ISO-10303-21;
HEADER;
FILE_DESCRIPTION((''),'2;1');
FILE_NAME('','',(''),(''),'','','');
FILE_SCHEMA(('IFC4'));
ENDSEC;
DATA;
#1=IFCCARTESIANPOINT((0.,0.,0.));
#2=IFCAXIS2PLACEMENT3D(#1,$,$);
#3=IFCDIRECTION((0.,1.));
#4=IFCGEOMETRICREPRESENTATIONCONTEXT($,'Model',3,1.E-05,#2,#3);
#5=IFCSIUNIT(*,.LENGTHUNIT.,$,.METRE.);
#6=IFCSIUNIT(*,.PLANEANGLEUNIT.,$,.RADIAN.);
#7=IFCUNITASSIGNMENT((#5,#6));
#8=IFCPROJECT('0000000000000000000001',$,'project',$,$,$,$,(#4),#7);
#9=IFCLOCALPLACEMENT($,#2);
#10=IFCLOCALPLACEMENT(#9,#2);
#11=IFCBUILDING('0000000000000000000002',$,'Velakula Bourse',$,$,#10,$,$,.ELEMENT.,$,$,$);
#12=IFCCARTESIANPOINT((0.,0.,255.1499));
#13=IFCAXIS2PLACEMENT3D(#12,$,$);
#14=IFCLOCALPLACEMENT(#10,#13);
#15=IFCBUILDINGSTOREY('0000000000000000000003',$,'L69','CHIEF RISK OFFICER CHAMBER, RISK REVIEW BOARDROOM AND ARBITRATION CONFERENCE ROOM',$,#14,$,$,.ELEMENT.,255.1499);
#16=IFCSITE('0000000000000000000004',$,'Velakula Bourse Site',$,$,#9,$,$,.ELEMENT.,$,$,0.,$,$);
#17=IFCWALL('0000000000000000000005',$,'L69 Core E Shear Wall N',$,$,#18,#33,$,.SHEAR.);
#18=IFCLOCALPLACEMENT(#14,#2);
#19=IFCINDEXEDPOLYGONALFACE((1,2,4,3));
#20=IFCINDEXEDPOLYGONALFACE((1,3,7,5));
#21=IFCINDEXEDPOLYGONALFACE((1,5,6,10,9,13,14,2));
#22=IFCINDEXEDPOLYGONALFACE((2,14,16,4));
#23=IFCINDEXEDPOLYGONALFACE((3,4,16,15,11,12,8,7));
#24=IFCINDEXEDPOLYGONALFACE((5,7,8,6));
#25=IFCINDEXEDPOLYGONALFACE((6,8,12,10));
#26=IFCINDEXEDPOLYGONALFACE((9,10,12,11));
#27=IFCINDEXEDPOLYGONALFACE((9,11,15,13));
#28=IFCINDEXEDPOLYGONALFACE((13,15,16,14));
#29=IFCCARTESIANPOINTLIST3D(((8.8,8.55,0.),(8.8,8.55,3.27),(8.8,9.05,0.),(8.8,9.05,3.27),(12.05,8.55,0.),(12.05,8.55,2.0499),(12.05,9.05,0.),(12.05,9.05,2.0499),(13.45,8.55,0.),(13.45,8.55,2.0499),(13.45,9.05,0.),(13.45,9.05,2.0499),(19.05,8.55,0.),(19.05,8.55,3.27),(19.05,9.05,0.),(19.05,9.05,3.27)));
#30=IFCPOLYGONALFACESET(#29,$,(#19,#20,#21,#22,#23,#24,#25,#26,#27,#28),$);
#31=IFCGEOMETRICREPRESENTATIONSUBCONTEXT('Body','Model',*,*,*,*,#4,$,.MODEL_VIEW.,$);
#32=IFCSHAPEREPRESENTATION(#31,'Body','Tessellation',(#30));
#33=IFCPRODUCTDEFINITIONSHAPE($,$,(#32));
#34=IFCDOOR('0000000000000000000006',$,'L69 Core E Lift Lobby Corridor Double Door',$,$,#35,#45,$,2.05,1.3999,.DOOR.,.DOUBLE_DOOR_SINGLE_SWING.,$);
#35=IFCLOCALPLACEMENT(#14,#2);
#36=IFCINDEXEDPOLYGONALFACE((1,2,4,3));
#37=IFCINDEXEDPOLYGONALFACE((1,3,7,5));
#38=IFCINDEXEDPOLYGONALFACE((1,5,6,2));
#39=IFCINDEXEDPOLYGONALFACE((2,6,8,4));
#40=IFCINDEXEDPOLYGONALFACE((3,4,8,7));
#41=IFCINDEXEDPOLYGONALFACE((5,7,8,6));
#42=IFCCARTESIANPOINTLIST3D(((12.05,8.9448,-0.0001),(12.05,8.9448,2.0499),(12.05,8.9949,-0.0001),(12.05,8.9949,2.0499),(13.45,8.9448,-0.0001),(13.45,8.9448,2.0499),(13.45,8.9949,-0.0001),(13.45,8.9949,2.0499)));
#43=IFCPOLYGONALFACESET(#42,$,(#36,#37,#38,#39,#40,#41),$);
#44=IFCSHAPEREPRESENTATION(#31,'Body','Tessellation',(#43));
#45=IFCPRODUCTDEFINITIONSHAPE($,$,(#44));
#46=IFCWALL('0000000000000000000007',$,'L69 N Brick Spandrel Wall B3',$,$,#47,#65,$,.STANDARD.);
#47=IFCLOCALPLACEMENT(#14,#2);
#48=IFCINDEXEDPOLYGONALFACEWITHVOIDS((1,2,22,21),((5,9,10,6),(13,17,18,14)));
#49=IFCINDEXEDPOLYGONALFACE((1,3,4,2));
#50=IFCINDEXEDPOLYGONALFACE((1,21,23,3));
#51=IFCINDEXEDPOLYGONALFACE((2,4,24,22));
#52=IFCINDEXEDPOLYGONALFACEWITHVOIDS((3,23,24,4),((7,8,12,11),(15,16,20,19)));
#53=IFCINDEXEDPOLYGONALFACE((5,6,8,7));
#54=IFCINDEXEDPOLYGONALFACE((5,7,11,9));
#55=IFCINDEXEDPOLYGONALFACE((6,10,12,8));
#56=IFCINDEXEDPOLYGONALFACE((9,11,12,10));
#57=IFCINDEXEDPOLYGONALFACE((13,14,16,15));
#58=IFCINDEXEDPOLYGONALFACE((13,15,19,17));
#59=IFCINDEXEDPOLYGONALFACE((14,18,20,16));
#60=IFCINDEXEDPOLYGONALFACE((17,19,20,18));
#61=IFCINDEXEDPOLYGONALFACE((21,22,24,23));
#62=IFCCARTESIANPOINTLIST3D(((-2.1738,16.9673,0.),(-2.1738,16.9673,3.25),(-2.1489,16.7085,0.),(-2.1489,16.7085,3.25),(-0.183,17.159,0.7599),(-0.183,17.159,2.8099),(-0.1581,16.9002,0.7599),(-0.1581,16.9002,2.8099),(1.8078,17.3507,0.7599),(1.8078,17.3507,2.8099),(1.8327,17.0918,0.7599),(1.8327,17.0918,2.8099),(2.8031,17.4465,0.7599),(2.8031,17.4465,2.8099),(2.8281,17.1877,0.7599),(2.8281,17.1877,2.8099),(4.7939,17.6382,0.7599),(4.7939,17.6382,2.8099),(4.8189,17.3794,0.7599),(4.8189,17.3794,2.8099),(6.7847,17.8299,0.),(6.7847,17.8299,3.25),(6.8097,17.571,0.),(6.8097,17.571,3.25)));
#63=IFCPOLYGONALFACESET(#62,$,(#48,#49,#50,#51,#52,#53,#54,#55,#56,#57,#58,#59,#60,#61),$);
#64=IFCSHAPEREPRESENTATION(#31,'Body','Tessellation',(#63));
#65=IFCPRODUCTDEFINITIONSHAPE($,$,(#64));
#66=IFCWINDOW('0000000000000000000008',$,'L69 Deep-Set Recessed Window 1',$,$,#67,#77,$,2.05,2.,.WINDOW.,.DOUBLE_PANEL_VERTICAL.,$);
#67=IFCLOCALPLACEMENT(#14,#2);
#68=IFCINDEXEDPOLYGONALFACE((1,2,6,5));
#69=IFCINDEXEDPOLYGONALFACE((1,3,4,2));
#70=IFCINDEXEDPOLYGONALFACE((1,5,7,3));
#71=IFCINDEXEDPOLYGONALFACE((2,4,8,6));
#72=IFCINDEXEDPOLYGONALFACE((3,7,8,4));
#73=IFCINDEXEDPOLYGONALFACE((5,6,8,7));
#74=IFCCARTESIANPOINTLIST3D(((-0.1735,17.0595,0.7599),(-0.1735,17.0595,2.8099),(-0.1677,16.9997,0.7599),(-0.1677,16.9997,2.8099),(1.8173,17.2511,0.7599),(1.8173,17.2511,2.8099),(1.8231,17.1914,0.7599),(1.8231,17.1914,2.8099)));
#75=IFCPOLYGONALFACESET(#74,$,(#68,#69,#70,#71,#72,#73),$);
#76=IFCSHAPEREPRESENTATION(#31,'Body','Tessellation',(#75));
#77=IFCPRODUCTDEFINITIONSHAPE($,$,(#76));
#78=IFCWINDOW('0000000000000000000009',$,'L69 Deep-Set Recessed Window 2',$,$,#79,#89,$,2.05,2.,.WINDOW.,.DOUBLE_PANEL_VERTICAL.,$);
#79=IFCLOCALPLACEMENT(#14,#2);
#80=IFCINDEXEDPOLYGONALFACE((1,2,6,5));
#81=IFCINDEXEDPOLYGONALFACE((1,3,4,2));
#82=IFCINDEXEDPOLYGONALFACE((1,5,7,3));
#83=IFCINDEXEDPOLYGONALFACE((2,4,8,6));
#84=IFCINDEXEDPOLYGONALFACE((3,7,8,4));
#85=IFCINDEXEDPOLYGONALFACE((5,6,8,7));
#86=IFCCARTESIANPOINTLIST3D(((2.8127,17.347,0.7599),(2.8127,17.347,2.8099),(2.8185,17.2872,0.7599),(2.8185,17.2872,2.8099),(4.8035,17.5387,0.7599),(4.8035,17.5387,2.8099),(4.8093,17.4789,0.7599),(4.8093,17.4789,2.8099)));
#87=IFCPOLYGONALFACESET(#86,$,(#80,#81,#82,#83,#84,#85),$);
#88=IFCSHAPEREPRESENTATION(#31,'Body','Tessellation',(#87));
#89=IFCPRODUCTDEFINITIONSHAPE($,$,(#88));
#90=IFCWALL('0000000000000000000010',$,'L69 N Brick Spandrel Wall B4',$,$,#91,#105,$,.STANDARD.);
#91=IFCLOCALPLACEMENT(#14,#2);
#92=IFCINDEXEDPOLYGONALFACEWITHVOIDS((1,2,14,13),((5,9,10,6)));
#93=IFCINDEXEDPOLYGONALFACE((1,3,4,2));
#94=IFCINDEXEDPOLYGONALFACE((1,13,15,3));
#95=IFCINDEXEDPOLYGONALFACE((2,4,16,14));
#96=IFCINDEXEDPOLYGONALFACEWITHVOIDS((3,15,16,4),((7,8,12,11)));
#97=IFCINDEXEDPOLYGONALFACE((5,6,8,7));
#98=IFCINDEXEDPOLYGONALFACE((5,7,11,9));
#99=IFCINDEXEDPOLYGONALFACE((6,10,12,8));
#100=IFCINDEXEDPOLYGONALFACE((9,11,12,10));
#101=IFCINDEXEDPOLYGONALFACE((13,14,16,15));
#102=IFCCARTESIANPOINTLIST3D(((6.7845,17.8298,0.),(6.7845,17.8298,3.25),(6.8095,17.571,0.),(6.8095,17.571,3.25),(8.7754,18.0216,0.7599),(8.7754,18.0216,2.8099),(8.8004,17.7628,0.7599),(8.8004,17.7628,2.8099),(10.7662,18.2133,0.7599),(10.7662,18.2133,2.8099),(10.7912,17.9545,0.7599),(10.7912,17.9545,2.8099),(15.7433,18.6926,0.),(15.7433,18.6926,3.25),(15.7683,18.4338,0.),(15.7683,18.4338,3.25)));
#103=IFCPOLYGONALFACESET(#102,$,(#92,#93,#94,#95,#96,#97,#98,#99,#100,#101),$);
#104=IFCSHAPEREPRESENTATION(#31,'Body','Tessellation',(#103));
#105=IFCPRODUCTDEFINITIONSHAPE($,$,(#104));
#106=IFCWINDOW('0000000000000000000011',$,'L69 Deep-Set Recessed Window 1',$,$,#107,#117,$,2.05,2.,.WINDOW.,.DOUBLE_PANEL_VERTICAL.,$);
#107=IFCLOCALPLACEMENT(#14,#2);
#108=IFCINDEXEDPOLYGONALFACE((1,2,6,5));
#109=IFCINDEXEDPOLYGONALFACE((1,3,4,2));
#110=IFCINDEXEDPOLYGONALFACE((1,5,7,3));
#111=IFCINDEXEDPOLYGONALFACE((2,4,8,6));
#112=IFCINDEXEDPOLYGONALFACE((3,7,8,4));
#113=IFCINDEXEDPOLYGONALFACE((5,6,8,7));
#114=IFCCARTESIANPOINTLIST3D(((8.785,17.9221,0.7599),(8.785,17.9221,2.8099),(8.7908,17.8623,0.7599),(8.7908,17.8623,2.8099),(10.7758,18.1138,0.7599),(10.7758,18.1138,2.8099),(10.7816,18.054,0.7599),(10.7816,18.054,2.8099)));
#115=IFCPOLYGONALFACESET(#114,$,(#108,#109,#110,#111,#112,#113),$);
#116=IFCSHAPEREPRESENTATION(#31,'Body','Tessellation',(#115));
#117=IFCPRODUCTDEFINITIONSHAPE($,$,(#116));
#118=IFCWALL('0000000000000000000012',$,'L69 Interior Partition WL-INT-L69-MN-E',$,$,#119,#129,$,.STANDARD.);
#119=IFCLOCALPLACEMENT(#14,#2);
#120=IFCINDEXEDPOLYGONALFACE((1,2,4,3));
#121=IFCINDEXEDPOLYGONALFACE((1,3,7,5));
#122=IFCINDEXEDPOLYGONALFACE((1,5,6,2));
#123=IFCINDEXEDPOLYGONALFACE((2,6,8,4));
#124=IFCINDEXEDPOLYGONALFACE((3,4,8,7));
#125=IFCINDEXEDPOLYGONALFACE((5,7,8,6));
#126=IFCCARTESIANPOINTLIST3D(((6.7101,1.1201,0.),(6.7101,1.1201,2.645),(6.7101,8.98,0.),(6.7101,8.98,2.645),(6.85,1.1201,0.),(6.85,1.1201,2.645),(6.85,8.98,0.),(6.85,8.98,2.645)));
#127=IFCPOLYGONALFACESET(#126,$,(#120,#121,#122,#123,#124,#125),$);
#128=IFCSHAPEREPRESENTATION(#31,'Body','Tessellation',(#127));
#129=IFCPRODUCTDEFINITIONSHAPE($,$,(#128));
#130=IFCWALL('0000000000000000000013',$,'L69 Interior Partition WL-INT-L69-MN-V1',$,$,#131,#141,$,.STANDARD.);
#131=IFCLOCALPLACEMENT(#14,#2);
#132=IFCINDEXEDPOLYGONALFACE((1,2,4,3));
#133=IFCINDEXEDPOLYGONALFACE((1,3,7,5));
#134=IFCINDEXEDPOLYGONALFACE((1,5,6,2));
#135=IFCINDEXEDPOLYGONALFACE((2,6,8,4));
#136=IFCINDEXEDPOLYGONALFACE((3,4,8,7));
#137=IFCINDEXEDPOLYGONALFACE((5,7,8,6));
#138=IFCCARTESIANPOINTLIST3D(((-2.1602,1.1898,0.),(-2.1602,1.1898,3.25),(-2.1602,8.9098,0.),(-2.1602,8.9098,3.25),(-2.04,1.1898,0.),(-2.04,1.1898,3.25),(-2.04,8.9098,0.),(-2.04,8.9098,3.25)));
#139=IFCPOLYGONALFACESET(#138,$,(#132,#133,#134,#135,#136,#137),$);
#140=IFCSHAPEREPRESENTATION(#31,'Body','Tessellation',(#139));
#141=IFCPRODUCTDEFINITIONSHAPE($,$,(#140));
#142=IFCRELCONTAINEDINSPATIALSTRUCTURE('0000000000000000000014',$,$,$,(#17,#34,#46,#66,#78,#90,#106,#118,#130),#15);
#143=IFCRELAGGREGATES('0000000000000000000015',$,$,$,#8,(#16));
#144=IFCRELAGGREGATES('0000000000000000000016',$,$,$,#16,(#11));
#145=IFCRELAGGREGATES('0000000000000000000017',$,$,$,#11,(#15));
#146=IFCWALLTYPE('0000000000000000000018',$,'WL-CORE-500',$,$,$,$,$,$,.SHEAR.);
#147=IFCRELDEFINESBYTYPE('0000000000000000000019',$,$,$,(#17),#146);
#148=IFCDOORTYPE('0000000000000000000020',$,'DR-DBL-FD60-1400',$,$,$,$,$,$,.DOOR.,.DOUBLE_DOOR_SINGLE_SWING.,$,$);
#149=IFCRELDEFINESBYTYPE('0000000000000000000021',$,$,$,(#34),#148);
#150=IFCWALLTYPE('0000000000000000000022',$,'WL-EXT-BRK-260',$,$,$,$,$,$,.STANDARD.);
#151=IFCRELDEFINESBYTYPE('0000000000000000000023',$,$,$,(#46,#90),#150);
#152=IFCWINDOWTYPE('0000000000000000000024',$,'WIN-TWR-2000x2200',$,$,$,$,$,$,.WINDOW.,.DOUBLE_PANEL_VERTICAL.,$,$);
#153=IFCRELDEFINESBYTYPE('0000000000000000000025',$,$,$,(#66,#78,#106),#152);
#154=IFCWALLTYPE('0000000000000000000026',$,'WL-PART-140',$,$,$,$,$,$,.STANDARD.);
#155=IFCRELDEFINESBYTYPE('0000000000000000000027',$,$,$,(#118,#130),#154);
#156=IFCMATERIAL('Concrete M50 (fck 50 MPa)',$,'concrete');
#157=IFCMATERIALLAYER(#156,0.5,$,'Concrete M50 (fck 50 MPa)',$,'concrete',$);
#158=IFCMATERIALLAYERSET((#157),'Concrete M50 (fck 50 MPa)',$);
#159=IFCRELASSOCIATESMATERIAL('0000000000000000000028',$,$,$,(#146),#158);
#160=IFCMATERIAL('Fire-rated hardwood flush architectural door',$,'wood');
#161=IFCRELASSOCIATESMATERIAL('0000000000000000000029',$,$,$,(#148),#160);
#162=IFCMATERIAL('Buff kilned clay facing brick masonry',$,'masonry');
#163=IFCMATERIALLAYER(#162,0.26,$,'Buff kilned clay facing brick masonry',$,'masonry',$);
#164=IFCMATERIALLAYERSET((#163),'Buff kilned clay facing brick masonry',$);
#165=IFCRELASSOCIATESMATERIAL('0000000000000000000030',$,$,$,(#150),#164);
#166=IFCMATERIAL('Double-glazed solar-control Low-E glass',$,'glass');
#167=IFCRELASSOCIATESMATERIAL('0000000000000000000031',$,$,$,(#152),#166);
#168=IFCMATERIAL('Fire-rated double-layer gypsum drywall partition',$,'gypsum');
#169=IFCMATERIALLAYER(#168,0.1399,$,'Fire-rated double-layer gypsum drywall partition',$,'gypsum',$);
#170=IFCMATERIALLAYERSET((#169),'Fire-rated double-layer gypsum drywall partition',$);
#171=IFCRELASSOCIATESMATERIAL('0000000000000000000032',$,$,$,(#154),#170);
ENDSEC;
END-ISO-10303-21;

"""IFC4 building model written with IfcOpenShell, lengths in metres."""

from ifc_helpers import new_model, si_unit, direction, frame, frame_2d, origin, place, context, subcontext, project, spatial, rectangle, extrude, material, layer, layer_set, type_object, element, fill, save


model = new_model("IFC4")

# Units and contexts
model_context = context("Model", 3, precision=1e-05, world=origin(), true_north=direction((0.0, 1.0)))
body_context = subcontext(model_context, "Body", "Model", "MODEL_VIEW")
ifc_project = project(units=[si_unit("LENGTHUNIT", "METRE"), si_unit("PLANEANGLEUNIT", "RADIAN")], contexts=[model_context])

# Site, building, storey
site_placement = place(None, origin())
site = spatial("IfcSite", under=ifc_project, at=site_placement, Name="Velakula Bourse Site", CompositionType="ELEMENT", RefElevation=0.0)
building_placement = place(site_placement, origin())
building = spatial("IfcBuilding", under=site, at=building_placement, Name="Velakula Bourse", CompositionType="ELEMENT")
storey_placement = place(building_placement, frame((0.0, 0.0, 255.1499)))
storey = spatial("IfcBuildingStorey", under=building, at=storey_placement, Name="L69", Description="CHIEF RISK OFFICER CHAMBER, RISK REVIEW BOARDROOM AND ARBITRATION CONFERENCE ROOM", CompositionType="ELEMENT", Elevation=255.1499)

# Shared definitions
ifc_material_1 = material(Name="Concrete M50 (fck 50 MPa)", Category="concrete")

# Wall, opening, door
ifc_layer_1 = layer(ifc_material_1, 0.5, Name="Concrete M50 (fck 50 MPa)", Category="concrete")
ifc_layer_set_1 = layer_set([ifc_layer_1], Name="Concrete M50 (fck 50 MPa)")
wall_type_1 = type_object("IfcWallType", Name="WL-CORE-500", PredefinedType="SHEAR", material=ifc_layer_set_1)
wall_1_placement = place(storey_placement, frame((8.8, 8.8, 0.0), z_axis=(0.0, 0.0, 1.0), x_axis=(1.0, 0.0, 0.0)))
wall_1 = element("IfcWall", 1, at=wall_1_placement, inside=storey, type_object=wall_type_1, Name="L69 Core E Shear Wall N", PredefinedType="SHEAR", context=body_context, shape_type="SweptSolid", body=[
    extrude(rectangle(XDim=10.25, YDim=0.5, at=frame_2d((5.125, 0.0))), origin(), (0.0, 0.0, 1.0), 3.27),
])
opening_1_placement = place(wall_1_placement, frame((3.25, 0.0, 0.0)))
opening_1 = element("IfcOpeningElement", 2, at=opening_1_placement, cuts=wall_1, PredefinedType="OPENING", context=body_context, shape_type="SweptSolid", body=[
    extrude(rectangle(XDim=1.3999, YDim=2.05, at=frame_2d((0.7, 1.0249))), frame((0.0, 0.26, 0.0), z_axis=(0.0, -1.0, 0.0), x_axis=(1.0, 0.0, 0.0)), (0.0, 0.0, 1.0), 0.52),
])
ifc_material_2 = material(Name="Fire-rated hardwood flush architectural door", Category="wood")
door_type = type_object("IfcDoorType", Name="DR-DBL-FD60-1400", OperationType="DOUBLE_DOOR_SINGLE_SWING", PredefinedType="DOOR", material=ifc_material_2)
door_placement = place(opening_1_placement, origin())
door = element("IfcDoor", 3, at=door_placement, inside=storey, type_object=door_type, Name="L69 Core E Lift Lobby Corridor Double Door", OperationType="DOUBLE_DOOR_SINGLE_SWING", OverallHeight=2.05, OverallWidth=1.3999, PredefinedType="DOOR", context=body_context, shape_type="SweptSolid", body=[
    extrude(rectangle(XDim=1.3999, YDim=2.05, at=frame_2d((0.7, 1.0249))), frame((0.0, 0.1948, 0.0), z_axis=(0.0, -1.0, 0.0), x_axis=(1.0, 0.0, 0.0)), (0.0, 0.0, 1.0), 0.05),
])
fill(opening_1, door)

# Wall, openings, windows
ifc_material_3 = material(Name="Buff kilned clay facing brick masonry", Category="masonry")
ifc_layer_2 = layer(ifc_material_3, 0.26, Name="Buff kilned clay facing brick masonry", Category="masonry")
ifc_layer_set_2 = layer_set([ifc_layer_2], Name="Buff kilned clay facing brick masonry")
wall_type_2 = type_object("IfcWallType", Name="WL-EXT-BRK-260", PredefinedType="STANDARD", material=ifc_layer_set_2)
wall_2_placement = place(storey_placement, frame((-2.1614, 16.8379, 0.0), z_axis=(0.0, 0.0, 1.0), x_axis=(0.995397, 0.09584, 0.0)))
wall_2 = element("IfcWall", 4, at=wall_2_placement, inside=storey, type_object=wall_type_2, Name="L69 N Brick Spandrel Wall B3", PredefinedType="STANDARD", context=body_context, shape_type="SweptSolid", body=[
    extrude(rectangle(XDim=9.0, YDim=0.26, at=frame_2d((4.5, 0.0))), origin(), (0.0, 0.0, 1.0), 3.25),
])
opening_2_placement = place(wall_2_placement, frame((2.0, 0.0, 0.76)))
opening_2 = element("IfcOpeningElement", 5, at=opening_2_placement, cuts=wall_2, PredefinedType="OPENING", context=body_context, shape_type="SweptSolid", body=[
    extrude(rectangle(XDim=2.0, YDim=2.05, at=frame_2d((1.0, 1.0249))), frame((0.0, 0.1399, 0.0), z_axis=(0.0, -1.0, 0.0), x_axis=(1.0, 0.0, 0.0)), (0.0, 0.0, 1.0), 0.28),
])
opening_3_placement = place(wall_2_placement, frame((5.0, 0.0, 0.76)))
opening_3 = element("IfcOpeningElement", 6, at=opening_3_placement, cuts=wall_2, PredefinedType="OPENING", context=body_context, shape_type="SweptSolid", body=[
    extrude(rectangle(XDim=2.0, YDim=2.05, at=frame_2d((1.0, 1.0249))), frame((0.0, 0.1399, 0.0), z_axis=(0.0, -1.0, 0.0), x_axis=(1.0, 0.0, 0.0)), (0.0, 0.0, 1.0), 0.28),
])
ifc_material_4 = material(Name="Double-glazed solar-control Low-E glass", Category="glass")
window_type = type_object("IfcWindowType", Name="WIN-TWR-2000x2200", PartitioningType="DOUBLE_PANEL_VERTICAL", PredefinedType="WINDOW", material=ifc_material_4)
window_1_placement = place(opening_2_placement, origin())
window_1 = element("IfcWindow", 7, at=window_1_placement, inside=storey, type_object=window_type, Name="L69 Deep-Set Recessed Window 1", OverallHeight=2.05, OverallWidth=2.0, PartitioningType="DOUBLE_PANEL_VERTICAL", PredefinedType="WINDOW", context=body_context, shape_type="SweptSolid", body=[
    extrude(rectangle(XDim=2.0, YDim=2.05, at=frame_2d((1.0, 1.0249))), frame((0.0, 0.03, 0.0), z_axis=(0.0, -1.0, 0.0), x_axis=(1.0, 0.0, 0.0)), (0.0, 0.0, 1.0), 0.0601),
])
fill(opening_2, window_1)
window_2_placement = place(opening_3_placement, origin())
window_2 = element("IfcWindow", 8, at=window_2_placement, inside=storey, type_object=window_type, Name="L69 Deep-Set Recessed Window 2", OverallHeight=2.05, OverallWidth=2.0, PartitioningType="DOUBLE_PANEL_VERTICAL", PredefinedType="WINDOW", context=body_context, shape_type="SweptSolid", body=[
    extrude(rectangle(XDim=2.0, YDim=2.05, at=frame_2d((1.0, 1.0249))), frame((0.0, 0.03, 0.0), z_axis=(0.0, -1.0, 0.0), x_axis=(1.0, 0.0, 0.0)), (0.0, 0.0, 1.0), 0.0601),
])
fill(opening_3, window_2)

# Wall, opening, window
wall_3_placement = place(storey_placement, frame((6.7971, 17.7004, 0.0), z_axis=(0.0, 0.0, 1.0), x_axis=(0.995394, 0.095864, 0.0)))
wall_3 = element("IfcWall", 9, at=wall_3_placement, inside=storey, type_object=wall_type_2, Name="L69 N Brick Spandrel Wall B4", PredefinedType="STANDARD", context=body_context, shape_type="SweptSolid", body=[
    extrude(rectangle(XDim=9.0002, YDim=0.26, at=frame_2d((4.5, 0.0))), origin(), (0.0, 0.0, 1.0), 3.25),
])
opening_4_placement = place(wall_3_placement, frame((2.0, 0.0, 0.76)))
opening_4 = element("IfcOpeningElement", 10, at=opening_4_placement, cuts=wall_3, PredefinedType="OPENING", context=body_context, shape_type="SweptSolid", body=[
    extrude(rectangle(XDim=2.0, YDim=2.05, at=frame_2d((1.0, 1.0249))), frame((0.0, 0.1399, 0.0), z_axis=(0.0, -1.0, 0.0), x_axis=(1.0, 0.0, 0.0)), (0.0, 0.0, 1.0), 0.28),
])
window_3_placement = place(opening_4_placement, origin())
window_3 = element("IfcWindow", 11, at=window_3_placement, inside=storey, type_object=window_type, Name="L69 Deep-Set Recessed Window 1", OverallHeight=2.05, OverallWidth=2.0, PartitioningType="DOUBLE_PANEL_VERTICAL", PredefinedType="WINDOW", context=body_context, shape_type="SweptSolid", body=[
    extrude(rectangle(XDim=2.0, YDim=2.05, at=frame_2d((1.0, 1.0249))), frame((0.0, 0.03, 0.0), z_axis=(0.0, -1.0, 0.0), x_axis=(1.0, 0.0, 0.0)), (0.0, 0.0, 1.0), 0.0601),
])
fill(opening_4, window_3)

# Walls
ifc_material_5 = material(Name="Fire-rated double-layer gypsum drywall partition", Category="gypsum")
ifc_layer_3 = layer(ifc_material_5, 0.1399, Name="Fire-rated double-layer gypsum drywall partition", Category="gypsum")
ifc_layer_set_3 = layer_set([ifc_layer_3], Name="Fire-rated double-layer gypsum drywall partition")
wall_type_3 = type_object("IfcWallType", Name="WL-PART-140", PredefinedType="STANDARD", material=ifc_layer_set_3)
wall_4_placement = place(storey_placement, frame((6.78, 1.1201, 0.0), z_axis=(0.0, 0.0, 1.0), x_axis=(0.0, 1.0, 0.0)))
element("IfcWall", 12, at=wall_4_placement, inside=storey, type_object=wall_type_3, Name="L69 Interior Partition WL-INT-L69-MN-E", PredefinedType="STANDARD", context=body_context, shape_type="SweptSolid", body=[
    extrude(rectangle(XDim=7.8599, YDim=0.1399, at=frame_2d((3.9299, 0.0))), origin(), (0.0, 0.0, 1.0), 2.645),
])
wall_5_placement = place(storey_placement, frame((-2.1001, 1.1899, 0.0), z_axis=(0.0, 0.0, 1.0), x_axis=(0.0, 1.0, 0.0)))
element("IfcWall", 13, at=wall_5_placement, inside=storey, type_object=wall_type_3, Name="L69 Interior Partition WL-INT-L69-MN-V1", PredefinedType="STANDARD", context=body_context, shape_type="SweptSolid", body=[
    extrude(rectangle(XDim=7.72, YDim=0.1201, at=frame_2d((3.8599, 0.0))), origin(), (0.0, 0.0, 1.0), 3.25),
])

save(model, "model.ifc")
